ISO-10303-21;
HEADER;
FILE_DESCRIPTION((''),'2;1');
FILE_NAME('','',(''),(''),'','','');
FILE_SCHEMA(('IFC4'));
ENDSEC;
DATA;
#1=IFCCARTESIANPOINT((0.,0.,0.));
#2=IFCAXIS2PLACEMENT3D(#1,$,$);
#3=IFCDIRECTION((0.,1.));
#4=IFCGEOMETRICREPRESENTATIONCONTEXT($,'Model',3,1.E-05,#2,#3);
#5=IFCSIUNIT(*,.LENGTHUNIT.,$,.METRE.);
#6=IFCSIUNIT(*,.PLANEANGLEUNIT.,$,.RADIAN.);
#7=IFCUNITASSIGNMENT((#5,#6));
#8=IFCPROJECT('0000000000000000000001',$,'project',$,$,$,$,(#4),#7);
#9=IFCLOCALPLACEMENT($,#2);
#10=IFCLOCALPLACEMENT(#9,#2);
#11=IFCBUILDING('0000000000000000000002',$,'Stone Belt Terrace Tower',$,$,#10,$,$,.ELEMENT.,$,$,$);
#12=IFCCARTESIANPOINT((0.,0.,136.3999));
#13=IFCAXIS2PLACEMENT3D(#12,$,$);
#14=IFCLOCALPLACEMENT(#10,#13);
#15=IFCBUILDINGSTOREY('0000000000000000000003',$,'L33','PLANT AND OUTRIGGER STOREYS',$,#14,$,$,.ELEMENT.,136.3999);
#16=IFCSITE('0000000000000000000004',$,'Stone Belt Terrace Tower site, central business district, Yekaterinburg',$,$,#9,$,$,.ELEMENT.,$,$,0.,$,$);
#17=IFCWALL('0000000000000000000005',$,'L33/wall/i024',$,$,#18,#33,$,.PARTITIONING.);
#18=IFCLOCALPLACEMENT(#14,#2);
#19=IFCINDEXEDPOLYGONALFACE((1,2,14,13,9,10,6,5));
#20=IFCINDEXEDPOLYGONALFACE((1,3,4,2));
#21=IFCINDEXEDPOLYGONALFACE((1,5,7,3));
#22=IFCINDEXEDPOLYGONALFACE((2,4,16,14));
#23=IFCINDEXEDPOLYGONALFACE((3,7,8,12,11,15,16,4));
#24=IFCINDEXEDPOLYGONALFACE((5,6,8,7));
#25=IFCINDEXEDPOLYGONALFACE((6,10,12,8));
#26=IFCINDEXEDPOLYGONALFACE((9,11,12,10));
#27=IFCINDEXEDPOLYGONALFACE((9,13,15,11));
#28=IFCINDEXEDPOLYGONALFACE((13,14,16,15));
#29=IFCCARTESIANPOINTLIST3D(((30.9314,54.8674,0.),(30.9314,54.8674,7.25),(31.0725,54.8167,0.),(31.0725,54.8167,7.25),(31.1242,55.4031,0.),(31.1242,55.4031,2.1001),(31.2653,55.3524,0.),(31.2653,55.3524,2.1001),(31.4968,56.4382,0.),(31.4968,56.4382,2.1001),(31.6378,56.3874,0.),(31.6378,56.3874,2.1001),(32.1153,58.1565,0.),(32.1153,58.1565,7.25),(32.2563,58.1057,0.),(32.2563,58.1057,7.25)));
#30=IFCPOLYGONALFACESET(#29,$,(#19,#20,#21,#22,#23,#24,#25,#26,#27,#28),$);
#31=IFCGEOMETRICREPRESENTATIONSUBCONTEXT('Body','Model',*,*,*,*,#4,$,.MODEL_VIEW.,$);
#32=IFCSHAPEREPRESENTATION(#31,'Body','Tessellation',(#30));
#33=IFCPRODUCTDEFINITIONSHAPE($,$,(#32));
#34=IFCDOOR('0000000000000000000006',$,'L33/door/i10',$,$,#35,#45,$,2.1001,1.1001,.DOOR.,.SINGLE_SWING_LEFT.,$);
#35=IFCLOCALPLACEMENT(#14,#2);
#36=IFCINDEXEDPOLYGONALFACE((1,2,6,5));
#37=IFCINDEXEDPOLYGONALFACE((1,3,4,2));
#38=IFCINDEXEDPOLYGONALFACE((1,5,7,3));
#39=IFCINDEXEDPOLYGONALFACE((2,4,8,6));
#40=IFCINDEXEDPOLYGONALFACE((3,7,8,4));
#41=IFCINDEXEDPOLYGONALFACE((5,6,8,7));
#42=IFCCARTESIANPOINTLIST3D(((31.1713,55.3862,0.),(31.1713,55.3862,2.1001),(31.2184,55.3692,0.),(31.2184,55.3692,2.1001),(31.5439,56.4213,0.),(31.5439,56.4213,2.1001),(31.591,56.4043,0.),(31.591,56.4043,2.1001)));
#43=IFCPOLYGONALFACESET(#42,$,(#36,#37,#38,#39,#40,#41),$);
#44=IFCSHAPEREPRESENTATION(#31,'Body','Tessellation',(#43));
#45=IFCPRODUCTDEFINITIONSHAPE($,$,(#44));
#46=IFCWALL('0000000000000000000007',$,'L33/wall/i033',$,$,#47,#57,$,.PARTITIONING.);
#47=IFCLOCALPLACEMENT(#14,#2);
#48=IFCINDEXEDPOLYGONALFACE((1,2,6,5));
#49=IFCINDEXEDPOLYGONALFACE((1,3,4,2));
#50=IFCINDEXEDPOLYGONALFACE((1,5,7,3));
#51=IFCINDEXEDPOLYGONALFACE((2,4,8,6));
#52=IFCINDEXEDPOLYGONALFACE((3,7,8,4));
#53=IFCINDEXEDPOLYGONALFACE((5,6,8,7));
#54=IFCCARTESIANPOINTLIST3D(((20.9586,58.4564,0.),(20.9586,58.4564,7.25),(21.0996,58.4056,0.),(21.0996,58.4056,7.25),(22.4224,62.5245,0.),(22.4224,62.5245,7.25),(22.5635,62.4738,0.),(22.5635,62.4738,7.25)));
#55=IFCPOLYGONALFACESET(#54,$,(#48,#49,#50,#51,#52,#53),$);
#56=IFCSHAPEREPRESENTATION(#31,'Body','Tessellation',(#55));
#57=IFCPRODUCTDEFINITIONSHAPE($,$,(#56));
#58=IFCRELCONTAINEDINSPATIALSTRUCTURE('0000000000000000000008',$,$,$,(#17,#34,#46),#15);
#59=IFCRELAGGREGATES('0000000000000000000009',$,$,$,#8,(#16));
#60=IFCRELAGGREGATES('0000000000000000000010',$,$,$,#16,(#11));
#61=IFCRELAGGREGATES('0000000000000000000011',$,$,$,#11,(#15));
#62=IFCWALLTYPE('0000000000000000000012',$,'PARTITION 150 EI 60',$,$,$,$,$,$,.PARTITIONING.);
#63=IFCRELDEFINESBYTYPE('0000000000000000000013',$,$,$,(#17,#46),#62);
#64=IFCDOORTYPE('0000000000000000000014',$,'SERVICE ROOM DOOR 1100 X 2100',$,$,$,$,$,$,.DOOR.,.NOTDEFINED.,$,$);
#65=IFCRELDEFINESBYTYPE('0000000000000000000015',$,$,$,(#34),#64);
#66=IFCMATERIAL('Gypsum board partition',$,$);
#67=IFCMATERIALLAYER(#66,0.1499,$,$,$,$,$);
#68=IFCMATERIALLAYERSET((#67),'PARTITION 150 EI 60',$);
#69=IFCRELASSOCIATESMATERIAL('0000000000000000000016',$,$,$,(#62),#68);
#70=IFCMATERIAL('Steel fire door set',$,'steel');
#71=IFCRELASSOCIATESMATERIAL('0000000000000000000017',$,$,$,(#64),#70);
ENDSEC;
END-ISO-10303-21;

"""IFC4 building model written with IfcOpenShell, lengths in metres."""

from ifc_helpers import new_model, si_unit, direction, frame, frame_2d, origin, place, context, subcontext, project, spatial, rectangle, extrude, material, layer, layer_set, type_object, element, fill, save


model = new_model("IFC4")

# Units and contexts
model_context = context("Model", 3, precision=1e-05, world=origin(), true_north=direction((0.0, 1.0)))
body_context = subcontext(model_context, "Body", "Model", "MODEL_VIEW")
ifc_project = project(units=[si_unit("LENGTHUNIT", "METRE"), si_unit("PLANEANGLEUNIT", "RADIAN")], contexts=[model_context])

# Site, building, storey
site_placement = place(None, origin())
site = spatial("IfcSite", under=ifc_project, at=site_placement, Name="Stone Belt Terrace Tower site, central business district, Yekaterinburg", CompositionType="ELEMENT", RefElevation=0.0)
building_placement = place(site_placement, origin())
building = spatial("IfcBuilding", under=site, at=building_placement, Name="Stone Belt Terrace Tower", CompositionType="ELEMENT")
storey_placement = place(building_placement, frame((0.0, 0.0, 136.3999)))
storey = spatial("IfcBuildingStorey", under=building, at=storey_placement, Name="L33", Description="PLANT AND OUTRIGGER STOREYS", CompositionType="ELEMENT", Elevation=136.3999)

# Wall, opening, door
ifc_material_1 = material(Name="Gypsum board partition")
ifc_layer_1 = layer(ifc_material_1, 0.1499)
ifc_layer_set_1 = layer_set([ifc_layer_1], Name="PARTITION 150 EI 60")
wall_type_1 = type_object("IfcWallType", Name="PARTITION 150 EI 60", PredefinedType="PARTITIONING", material=ifc_layer_set_1)
wall_1_placement = place(storey_placement, frame((31.002, 54.842, 0.0), z_axis=(0.0, 0.0, 1.0), x_axis=(0.338663, 0.940908, 0.0)))
wall_1 = element("IfcWall", 1, at=wall_1_placement, inside=storey, type_object=wall_type_1, Name="L33/wall/i024", PredefinedType="PARTITIONING", context=body_context, shape_type="SweptSolid", body=[
    extrude(rectangle(XDim=3.4956, YDim=0.1499, at=frame_2d((1.7478, 0.0))), origin(), (0.0, 0.0, 1.0), 7.25),
])
opening_1_placement = place(wall_1_placement, frame((0.5693, 0.0, 0.0)))
opening_1 = element("IfcOpeningElement", 2, at=opening_1_placement, cuts=wall_1, PredefinedType="OPENING", context=body_context, shape_type="SweptSolid", body=[
    extrude(rectangle(XDim=1.1001, YDim=2.1001, at=frame_2d((0.55, 1.05))), frame((0.0, 0.085, 0.0), z_axis=(0.0, -1.0, 0.0), x_axis=(1.0, 0.0, 0.0)), (0.0, 0.0, 1.0), 0.1699),
])
ifc_material_2 = material(Name="Steel fire door set", Category="steel")
door_type_1 = type_object("IfcDoorType", Name="SERVICE ROOM DOOR 1100 X 2100", OperationType="NOTDEFINED", PredefinedType="DOOR", material=ifc_material_2)
door_1_placement = place(opening_1_placement, origin())
door_1 = element("IfcDoor", 3, at=door_1_placement, inside=storey, type_object=door_type_1, Name="L33/door/i10", OperationType="SINGLE_SWING_LEFT", OverallHeight=2.1001, OverallWidth=1.1001, PredefinedType="DOOR", context=body_context, shape_type="SweptSolid", body=[
    extrude(rectangle(XDim=1.1001, YDim=2.1001, at=frame_2d((0.55, 1.05))), frame((0.0, 0.0249, 0.0), z_axis=(0.0, -1.0, 0.0), x_axis=(1.0, 0.0, 0.0)), (0.0, 0.0, 1.0), 0.05),
])
fill(opening_1, door_1)

# Wall
wall_2_placement = place(storey_placement, frame((22.4929, 62.499, 0.0), z_axis=(0.0, 0.0, 1.0), x_axis=(-0.338585, -0.940936, 0.0)))
element("IfcWall", 4, at=wall_2_placement, inside=storey, type_object=wall_type_1, Name="L33/wall/i033", PredefinedType="PARTITIONING", context=body_context, shape_type="SweptSolid", body=[
    extrude(rectangle(XDim=4.3235, YDim=0.1499, at=frame_2d((2.1616, 0.0))), origin(), (0.0, 0.0, 1.0), 7.25),
])

save(model, "model.ifc")
